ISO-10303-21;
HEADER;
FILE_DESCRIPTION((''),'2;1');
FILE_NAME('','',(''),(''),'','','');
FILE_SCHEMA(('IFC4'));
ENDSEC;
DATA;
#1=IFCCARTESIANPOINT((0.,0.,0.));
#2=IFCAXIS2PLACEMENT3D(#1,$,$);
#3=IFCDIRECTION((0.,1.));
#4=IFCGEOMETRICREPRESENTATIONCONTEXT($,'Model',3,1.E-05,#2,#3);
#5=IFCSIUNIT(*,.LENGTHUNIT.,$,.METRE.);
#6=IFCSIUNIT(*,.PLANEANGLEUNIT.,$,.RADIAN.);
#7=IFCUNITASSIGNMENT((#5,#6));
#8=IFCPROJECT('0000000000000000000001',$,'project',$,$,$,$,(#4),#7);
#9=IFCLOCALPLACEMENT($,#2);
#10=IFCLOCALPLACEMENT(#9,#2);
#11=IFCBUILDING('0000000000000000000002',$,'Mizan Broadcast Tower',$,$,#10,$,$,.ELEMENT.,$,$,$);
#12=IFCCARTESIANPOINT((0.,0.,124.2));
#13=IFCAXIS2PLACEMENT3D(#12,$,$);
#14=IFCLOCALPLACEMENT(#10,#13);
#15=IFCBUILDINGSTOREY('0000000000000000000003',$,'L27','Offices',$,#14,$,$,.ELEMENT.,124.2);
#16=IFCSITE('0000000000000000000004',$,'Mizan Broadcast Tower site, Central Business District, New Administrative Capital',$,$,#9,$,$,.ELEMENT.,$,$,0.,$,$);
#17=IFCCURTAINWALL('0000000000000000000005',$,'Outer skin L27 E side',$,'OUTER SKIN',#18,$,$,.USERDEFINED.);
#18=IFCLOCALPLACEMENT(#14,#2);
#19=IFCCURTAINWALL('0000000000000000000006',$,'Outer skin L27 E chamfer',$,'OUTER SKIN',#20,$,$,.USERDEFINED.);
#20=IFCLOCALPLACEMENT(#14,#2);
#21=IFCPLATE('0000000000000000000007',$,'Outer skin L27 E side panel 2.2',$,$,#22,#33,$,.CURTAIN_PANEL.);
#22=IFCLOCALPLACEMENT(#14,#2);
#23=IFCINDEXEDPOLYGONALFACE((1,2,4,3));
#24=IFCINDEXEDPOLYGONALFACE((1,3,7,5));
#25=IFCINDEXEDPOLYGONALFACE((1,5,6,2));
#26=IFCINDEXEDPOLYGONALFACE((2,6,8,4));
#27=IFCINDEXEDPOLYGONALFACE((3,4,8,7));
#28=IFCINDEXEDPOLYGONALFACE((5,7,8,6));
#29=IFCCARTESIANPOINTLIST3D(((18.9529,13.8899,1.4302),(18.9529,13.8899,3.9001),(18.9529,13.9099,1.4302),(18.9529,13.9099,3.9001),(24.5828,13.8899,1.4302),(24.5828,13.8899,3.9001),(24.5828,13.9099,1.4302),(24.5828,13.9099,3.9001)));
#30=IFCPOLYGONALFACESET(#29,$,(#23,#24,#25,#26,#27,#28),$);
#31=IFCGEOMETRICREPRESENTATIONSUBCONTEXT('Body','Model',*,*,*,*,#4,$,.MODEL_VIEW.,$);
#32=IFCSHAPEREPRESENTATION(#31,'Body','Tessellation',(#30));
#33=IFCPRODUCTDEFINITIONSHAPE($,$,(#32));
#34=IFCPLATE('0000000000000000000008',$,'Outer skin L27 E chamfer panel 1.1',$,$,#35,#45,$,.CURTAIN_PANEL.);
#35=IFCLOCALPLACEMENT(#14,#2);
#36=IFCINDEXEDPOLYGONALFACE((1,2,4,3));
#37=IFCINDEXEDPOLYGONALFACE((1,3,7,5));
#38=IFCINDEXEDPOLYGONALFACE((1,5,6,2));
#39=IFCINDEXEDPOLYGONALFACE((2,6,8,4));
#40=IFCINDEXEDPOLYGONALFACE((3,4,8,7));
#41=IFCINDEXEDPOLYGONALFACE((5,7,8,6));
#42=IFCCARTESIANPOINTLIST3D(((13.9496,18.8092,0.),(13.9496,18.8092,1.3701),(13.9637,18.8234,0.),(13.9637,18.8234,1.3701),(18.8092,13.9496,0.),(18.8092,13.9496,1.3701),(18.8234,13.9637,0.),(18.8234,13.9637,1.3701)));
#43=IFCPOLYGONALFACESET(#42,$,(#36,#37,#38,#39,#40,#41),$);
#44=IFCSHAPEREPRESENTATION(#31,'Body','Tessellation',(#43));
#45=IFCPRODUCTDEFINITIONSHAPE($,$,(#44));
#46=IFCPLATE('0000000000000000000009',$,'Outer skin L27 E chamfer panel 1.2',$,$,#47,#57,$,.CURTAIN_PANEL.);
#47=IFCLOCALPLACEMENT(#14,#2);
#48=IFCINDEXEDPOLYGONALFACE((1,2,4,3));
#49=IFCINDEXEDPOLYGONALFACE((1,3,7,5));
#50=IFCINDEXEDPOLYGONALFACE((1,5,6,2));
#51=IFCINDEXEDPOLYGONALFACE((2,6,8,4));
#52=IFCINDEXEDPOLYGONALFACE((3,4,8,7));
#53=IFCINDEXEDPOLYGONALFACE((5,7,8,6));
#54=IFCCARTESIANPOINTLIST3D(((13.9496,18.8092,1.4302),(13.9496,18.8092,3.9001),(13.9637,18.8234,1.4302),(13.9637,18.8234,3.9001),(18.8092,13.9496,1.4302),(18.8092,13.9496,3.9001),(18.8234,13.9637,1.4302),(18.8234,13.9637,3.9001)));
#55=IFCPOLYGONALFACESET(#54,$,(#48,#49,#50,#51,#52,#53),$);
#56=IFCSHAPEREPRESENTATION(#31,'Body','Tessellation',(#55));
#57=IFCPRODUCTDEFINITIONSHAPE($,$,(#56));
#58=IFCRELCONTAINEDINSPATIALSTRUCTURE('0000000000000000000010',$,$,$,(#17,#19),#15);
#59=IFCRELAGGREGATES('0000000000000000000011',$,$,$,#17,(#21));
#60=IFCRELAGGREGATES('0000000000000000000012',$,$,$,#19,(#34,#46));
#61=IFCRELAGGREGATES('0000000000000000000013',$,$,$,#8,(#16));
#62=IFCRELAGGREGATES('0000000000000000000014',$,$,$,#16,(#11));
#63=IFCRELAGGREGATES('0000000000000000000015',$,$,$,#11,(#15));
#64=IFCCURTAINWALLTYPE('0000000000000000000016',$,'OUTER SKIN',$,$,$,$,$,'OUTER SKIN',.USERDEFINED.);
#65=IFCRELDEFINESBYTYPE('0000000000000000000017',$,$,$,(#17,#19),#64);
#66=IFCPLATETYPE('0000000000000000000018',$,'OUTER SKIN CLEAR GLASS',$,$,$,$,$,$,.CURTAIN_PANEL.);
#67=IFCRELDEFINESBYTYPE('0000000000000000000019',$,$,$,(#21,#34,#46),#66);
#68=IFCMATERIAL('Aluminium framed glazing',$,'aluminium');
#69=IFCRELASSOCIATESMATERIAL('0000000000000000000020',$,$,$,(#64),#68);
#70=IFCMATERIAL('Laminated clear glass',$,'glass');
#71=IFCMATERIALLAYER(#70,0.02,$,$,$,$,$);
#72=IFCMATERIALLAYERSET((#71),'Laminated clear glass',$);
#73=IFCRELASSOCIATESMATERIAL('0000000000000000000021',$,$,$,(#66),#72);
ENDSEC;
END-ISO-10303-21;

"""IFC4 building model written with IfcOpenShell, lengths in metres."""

from ifc_helpers import new_model, si_unit, direction, frame, origin, origin_2d, place, context, subcontext, project, spatial, rectangle, extrude, material, layer, layer_set, type_object, element, aggregate, save


model = new_model("IFC4")

# Units and contexts
model_context = context("Model", 3, precision=1e-05, world=origin(), true_north=direction((0.0, 1.0)))
body_context = subcontext(model_context, "Body", "Model", "MODEL_VIEW")
ifc_project = project(units=[si_unit("LENGTHUNIT", "METRE"), si_unit("PLANEANGLEUNIT", "RADIAN")], contexts=[model_context])

# Site, building, storey
site_placement = place(None, origin())
site = spatial("IfcSite", under=ifc_project, at=site_placement, Name="Mizan Broadcast Tower site, Central Business District, New Administrative Capital", CompositionType="ELEMENT", RefElevation=0.0)
building_placement = place(site_placement, origin())
building = spatial("IfcBuilding", under=site, at=building_placement, Name="Mizan Broadcast Tower", CompositionType="ELEMENT")
storey_placement = place(building_placement, frame((0.0, 0.0, 124.2)))
storey = spatial("IfcBuildingStorey", under=building, at=storey_placement, Name="L27", Description="Offices", CompositionType="ELEMENT", Elevation=124.2)

# Curtain wall
ifc_material_1 = material(Name="Aluminium framed glazing", Category="aluminium")
curtain_wall_type_1 = type_object("IfcCurtainWallType", Name="OUTER SKIN", ElementType="OUTER SKIN", PredefinedType="USERDEFINED", material=ifc_material_1)
curtain_wall_1_placement = place(storey_placement, origin())
curtain_wall_1 = element("IfcCurtainWall", 1, at=curtain_wall_1_placement, inside=storey, type_object=curtain_wall_type_1, Name="Outer skin L27 E side", ObjectType="OUTER SKIN", PredefinedType="USERDEFINED")

# Curtain wall
curtain_wall_2_placement = place(storey_placement, origin())
curtain_wall_2 = element("IfcCurtainWall", 2, at=curtain_wall_2_placement, inside=storey, type_object=curtain_wall_type_1, Name="Outer skin L27 E chamfer", ObjectType="OUTER SKIN", PredefinedType="USERDEFINED")

# Plates
ifc_material_2 = material(Name="Laminated clear glass", Category="glass")
ifc_layer_1 = layer(ifc_material_2, 0.02)
ifc_layer_set_1 = layer_set([ifc_layer_1], Name="Laminated clear glass")
plate_type_1 = type_object("IfcPlateType", Name="OUTER SKIN CLEAR GLASS", PredefinedType="CURTAIN_PANEL", material=ifc_layer_set_1)
plate_1_placement = place(storey_placement, frame((21.7678, 13.8999, 1.4302), z_axis=(0.0, 0.0, 1.0), x_axis=(-1.0, 0.0, 0.0)))
plate_1 = element("IfcPlate", 3, at=plate_1_placement, type_object=plate_type_1, Name="Outer skin L27 E side panel 2.2", PredefinedType="CURTAIN_PANEL", context=body_context, shape_type="SweptSolid", body=[
    extrude(rectangle(XDim=5.6299, YDim=0.02, at=origin_2d()), origin(), (0.0, 0.0, 1.0), 2.47),
])
aggregate(curtain_wall_1, [plate_1])
plate_2_placement = place(storey_placement, frame((16.3865, 16.3865, 0.0), z_axis=(0.0, 0.0, 1.0), x_axis=(-0.707107, 0.707107, 0.0)))
plate_2 = element("IfcPlate", 4, at=plate_2_placement, type_object=plate_type_1, Name="Outer skin L27 E chamfer panel 1.1", PredefinedType="CURTAIN_PANEL", context=body_context, shape_type="SweptSolid", body=[
    extrude(rectangle(XDim=6.8726, YDim=0.02, at=origin_2d()), origin(), (0.0, 0.0, 1.0), 1.3701),
])
plate_3_placement = place(storey_placement, frame((16.3865, 16.3865, 1.4302), z_axis=(0.0, 0.0, 1.0), x_axis=(-0.707107, 0.707107, 0.0)))
plate_3 = element("IfcPlate", 5, at=plate_3_placement, type_object=plate_type_1, Name="Outer skin L27 E chamfer panel 1.2", PredefinedType="CURTAIN_PANEL", context=body_context, shape_type="SweptSolid", body=[
    extrude(rectangle(XDim=6.8726, YDim=0.02, at=origin_2d()), origin(), (0.0, 0.0, 1.0), 2.47),
])
aggregate(curtain_wall_2, [plate_2, plate_3])

save(model, "model.ifc")
